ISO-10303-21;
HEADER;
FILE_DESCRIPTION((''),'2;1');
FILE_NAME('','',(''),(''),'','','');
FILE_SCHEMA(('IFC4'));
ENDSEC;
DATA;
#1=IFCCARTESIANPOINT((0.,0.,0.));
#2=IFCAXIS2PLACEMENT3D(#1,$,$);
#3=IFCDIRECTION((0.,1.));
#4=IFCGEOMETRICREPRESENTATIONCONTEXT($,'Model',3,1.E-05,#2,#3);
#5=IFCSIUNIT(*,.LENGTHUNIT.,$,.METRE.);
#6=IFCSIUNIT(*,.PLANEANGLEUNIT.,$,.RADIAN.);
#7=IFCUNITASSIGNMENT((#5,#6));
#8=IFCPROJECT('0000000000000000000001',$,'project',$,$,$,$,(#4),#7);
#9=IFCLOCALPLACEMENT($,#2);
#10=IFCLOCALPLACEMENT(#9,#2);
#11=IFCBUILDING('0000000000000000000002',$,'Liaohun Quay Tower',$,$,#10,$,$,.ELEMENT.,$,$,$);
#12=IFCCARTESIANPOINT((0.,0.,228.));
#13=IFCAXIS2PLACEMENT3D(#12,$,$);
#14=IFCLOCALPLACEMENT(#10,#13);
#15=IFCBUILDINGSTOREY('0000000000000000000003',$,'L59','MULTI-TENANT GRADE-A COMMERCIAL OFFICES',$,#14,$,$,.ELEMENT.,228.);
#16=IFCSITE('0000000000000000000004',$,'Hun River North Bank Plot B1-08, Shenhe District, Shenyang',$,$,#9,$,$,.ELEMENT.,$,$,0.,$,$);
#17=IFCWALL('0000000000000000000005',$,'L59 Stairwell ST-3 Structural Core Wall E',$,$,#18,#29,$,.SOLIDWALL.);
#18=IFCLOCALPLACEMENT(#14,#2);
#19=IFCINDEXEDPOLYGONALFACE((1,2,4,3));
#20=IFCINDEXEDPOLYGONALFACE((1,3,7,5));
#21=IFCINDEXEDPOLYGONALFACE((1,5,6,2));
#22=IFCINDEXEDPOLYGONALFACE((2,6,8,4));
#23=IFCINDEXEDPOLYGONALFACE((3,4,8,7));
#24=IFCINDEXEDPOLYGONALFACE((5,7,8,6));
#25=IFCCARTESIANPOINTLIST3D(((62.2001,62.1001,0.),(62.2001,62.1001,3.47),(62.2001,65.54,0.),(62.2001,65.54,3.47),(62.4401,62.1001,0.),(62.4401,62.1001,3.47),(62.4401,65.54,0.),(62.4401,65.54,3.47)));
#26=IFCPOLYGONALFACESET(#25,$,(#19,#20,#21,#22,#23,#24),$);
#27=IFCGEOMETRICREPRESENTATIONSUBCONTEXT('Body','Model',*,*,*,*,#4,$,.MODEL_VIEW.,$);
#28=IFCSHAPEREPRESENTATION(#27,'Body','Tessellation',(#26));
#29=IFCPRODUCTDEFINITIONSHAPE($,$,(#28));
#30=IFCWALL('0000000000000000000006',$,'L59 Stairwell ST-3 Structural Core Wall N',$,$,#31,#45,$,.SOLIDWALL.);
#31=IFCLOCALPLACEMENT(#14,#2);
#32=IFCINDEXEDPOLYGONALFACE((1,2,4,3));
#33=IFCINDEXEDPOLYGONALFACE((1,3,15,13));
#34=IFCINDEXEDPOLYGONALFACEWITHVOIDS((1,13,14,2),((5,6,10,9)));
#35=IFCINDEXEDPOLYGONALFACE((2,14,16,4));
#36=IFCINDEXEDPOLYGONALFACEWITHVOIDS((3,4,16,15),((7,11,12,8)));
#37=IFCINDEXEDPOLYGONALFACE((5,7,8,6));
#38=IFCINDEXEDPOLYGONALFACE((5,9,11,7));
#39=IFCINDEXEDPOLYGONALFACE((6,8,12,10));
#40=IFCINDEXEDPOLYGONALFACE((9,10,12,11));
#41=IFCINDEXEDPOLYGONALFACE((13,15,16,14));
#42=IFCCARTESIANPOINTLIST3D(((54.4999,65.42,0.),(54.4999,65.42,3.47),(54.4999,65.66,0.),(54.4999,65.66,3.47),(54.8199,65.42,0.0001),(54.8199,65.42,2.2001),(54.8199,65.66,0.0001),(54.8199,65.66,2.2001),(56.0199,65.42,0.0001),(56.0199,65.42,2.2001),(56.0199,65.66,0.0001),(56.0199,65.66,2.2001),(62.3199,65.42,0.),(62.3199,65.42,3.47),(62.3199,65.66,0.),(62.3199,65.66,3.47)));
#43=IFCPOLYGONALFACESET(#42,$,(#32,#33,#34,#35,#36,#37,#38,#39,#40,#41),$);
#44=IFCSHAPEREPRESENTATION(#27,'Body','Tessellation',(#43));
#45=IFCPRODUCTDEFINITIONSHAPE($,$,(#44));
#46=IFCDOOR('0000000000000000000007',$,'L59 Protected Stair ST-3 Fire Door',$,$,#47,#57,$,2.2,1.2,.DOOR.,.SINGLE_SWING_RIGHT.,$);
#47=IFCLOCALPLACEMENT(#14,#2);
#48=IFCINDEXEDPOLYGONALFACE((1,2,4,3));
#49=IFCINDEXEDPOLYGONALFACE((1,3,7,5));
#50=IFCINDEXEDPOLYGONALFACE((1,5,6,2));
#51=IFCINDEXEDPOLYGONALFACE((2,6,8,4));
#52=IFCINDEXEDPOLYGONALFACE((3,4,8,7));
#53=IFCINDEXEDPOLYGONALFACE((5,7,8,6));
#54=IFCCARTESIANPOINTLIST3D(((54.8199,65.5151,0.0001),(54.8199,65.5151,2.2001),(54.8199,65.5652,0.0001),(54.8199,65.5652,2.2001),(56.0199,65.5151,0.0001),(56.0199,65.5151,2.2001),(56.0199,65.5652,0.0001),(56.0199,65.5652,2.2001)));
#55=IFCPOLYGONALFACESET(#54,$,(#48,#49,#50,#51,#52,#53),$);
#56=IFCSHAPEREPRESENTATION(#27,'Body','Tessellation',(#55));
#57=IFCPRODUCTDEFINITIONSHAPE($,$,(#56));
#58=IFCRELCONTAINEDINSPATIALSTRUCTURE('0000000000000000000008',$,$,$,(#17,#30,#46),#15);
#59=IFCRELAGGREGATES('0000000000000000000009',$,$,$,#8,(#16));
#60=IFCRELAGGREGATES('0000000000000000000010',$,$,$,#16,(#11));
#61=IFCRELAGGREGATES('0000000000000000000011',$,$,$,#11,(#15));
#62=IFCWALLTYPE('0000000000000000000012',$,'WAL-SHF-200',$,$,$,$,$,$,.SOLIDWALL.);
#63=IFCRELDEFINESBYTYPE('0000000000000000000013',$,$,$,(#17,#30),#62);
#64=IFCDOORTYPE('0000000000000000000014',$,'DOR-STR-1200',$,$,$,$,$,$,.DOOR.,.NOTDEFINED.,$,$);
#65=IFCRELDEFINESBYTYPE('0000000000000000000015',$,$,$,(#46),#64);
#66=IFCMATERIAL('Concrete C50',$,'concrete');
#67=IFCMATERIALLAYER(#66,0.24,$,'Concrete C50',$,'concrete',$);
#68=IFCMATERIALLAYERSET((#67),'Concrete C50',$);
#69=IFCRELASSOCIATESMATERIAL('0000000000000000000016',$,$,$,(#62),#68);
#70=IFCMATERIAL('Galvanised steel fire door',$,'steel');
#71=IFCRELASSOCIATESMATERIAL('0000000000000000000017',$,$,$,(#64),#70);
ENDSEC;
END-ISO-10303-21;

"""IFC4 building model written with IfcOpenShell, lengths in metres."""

from ifc_helpers import new_model, si_unit, direction, frame, frame_2d, origin, place, context, subcontext, project, spatial, rectangle, extrude, source, transform, mapped, material, layer, layer_set, type_object, element, fill, save


model = new_model("IFC4")

# Units and contexts
model_context = context("Model", 3, precision=1e-05, world=origin(), true_north=direction((0.0, 1.0)))
body_context = subcontext(model_context, "Body", "Model", "MODEL_VIEW")
ifc_project = project(units=[si_unit("LENGTHUNIT", "METRE"), si_unit("PLANEANGLEUNIT", "RADIAN")], contexts=[model_context])

# Site, building, storey
site_placement = place(None, origin())
site = spatial("IfcSite", under=ifc_project, at=site_placement, Name="Hun River North Bank Plot B1-08, Shenhe District, Shenyang", CompositionType="ELEMENT", RefElevation=0.0)
building_placement = place(site_placement, origin())
building = spatial("IfcBuilding", under=site, at=building_placement, Name="Liaohun Quay Tower", CompositionType="ELEMENT")
storey_placement = place(building_placement, frame((0.0, 0.0, 228.0)))
storey = spatial("IfcBuildingStorey", under=building, at=storey_placement, Name="L59", Description="MULTI-TENANT GRADE-A COMMERCIAL OFFICES", CompositionType="ELEMENT", Elevation=228.0)

# Wall
ifc_material_1 = material(Name="Concrete C50", Category="concrete")
ifc_layer_1 = layer(ifc_material_1, 0.24, Name="Concrete C50", Category="concrete")
ifc_layer_set_1 = layer_set([ifc_layer_1], Name="Concrete C50")
wall_type_1 = type_object("IfcWallType", Name="WAL-SHF-200", PredefinedType="SOLIDWALL", material=ifc_layer_set_1)
wall_1_placement = place(storey_placement, frame((62.3201, 62.1001, 0.0), z_axis=(0.0, 0.0, 1.0), x_axis=(0.0, 1.0, 0.0)))
element("IfcWall", 1, at=wall_1_placement, inside=storey, type_object=wall_type_1, Name="L59 Stairwell ST-3 Structural Core Wall E", PredefinedType="SOLIDWALL", context=body_context, shape_type="SweptSolid", body=[
    extrude(rectangle(XDim=3.4399, YDim=0.24, at=frame_2d((1.72, 0.0))), origin(), (0.0, 0.0, 1.0), 3.47),
])

# Wall, opening, door
wall_2_placement = place(storey_placement, frame((62.3201, 65.54, 0.0), z_axis=(0.0, 0.0, 1.0), x_axis=(-1.0, 0.0, 0.0)))
wall_2 = element("IfcWall", 2, at=wall_2_placement, inside=storey, type_object=wall_type_1, Name="L59 Stairwell ST-3 Structural Core Wall N", PredefinedType="SOLIDWALL", context=body_context, shape_type="SweptSolid", body=[
    extrude(rectangle(XDim=7.8201, YDim=0.24, at=frame_2d((3.9102, 0.0))), origin(), (0.0, 0.0, 1.0), 3.47),
])
shared_shape_1 = source(origin(), body_context, "Body", "SweptSolid", [
    extrude(rectangle(XDim=1.2, YDim=2.2, at=frame_2d((0.6001, 1.1001))), frame((0.0, 0.1299, 0.0), z_axis=(0.0, -1.0, 0.0), x_axis=(1.0, 0.0, 0.0)), (0.0, 0.0, 1.0), 0.26),
])
opening_1_placement = place(wall_2_placement, frame((6.3, 0.0, 0.0)))
opening_1 = element("IfcOpeningElement", 3, at=opening_1_placement, cuts=wall_2, PredefinedType="OPENING", context=body_context, shape_type="MappedRepresentation", body=[
    mapped(shared_shape_1, transform((0.0, 0.0, 0.0), x_axis=(1.0, 0.0, 0.0), y_axis=(0.0, 1.0, 0.0), z_axis=(0.0, 0.0, 1.0), scale=1.0)),
])
ifc_material_2 = material(Name="Galvanised steel fire door", Category="steel")
door_type_1 = type_object("IfcDoorType", Name="DOR-STR-1200", OperationType="NOTDEFINED", PredefinedType="DOOR", material=ifc_material_2)
shared_shape_2 = source(origin(), body_context, "Body", "SweptSolid", [
    extrude(rectangle(XDim=1.2, YDim=2.2, at=frame_2d((0.6001, 1.1001))), frame((0.0, 0.0249, 0.0), z_axis=(0.0, -1.0, 0.0), x_axis=(1.0, 0.0, 0.0)), (0.0, 0.0, 1.0), 0.05),
])
door_1_placement = place(opening_1_placement, origin())
door_1 = element("IfcDoor", 4, at=door_1_placement, inside=storey, type_object=door_type_1, Name="L59 Protected Stair ST-3 Fire Door", OperationType="SINGLE_SWING_RIGHT", OverallHeight=2.2, OverallWidth=1.2, PredefinedType="DOOR", context=body_context, shape_type="MappedRepresentation", body=[
    mapped(shared_shape_2, transform((0.0, 0.0, 0.0), x_axis=(1.0, 0.0, 0.0), y_axis=(0.0, 1.0, 0.0), z_axis=(0.0, 0.0, 1.0), scale=1.0)),
])
fill(opening_1, door_1)

save(model, "model.ifc")
